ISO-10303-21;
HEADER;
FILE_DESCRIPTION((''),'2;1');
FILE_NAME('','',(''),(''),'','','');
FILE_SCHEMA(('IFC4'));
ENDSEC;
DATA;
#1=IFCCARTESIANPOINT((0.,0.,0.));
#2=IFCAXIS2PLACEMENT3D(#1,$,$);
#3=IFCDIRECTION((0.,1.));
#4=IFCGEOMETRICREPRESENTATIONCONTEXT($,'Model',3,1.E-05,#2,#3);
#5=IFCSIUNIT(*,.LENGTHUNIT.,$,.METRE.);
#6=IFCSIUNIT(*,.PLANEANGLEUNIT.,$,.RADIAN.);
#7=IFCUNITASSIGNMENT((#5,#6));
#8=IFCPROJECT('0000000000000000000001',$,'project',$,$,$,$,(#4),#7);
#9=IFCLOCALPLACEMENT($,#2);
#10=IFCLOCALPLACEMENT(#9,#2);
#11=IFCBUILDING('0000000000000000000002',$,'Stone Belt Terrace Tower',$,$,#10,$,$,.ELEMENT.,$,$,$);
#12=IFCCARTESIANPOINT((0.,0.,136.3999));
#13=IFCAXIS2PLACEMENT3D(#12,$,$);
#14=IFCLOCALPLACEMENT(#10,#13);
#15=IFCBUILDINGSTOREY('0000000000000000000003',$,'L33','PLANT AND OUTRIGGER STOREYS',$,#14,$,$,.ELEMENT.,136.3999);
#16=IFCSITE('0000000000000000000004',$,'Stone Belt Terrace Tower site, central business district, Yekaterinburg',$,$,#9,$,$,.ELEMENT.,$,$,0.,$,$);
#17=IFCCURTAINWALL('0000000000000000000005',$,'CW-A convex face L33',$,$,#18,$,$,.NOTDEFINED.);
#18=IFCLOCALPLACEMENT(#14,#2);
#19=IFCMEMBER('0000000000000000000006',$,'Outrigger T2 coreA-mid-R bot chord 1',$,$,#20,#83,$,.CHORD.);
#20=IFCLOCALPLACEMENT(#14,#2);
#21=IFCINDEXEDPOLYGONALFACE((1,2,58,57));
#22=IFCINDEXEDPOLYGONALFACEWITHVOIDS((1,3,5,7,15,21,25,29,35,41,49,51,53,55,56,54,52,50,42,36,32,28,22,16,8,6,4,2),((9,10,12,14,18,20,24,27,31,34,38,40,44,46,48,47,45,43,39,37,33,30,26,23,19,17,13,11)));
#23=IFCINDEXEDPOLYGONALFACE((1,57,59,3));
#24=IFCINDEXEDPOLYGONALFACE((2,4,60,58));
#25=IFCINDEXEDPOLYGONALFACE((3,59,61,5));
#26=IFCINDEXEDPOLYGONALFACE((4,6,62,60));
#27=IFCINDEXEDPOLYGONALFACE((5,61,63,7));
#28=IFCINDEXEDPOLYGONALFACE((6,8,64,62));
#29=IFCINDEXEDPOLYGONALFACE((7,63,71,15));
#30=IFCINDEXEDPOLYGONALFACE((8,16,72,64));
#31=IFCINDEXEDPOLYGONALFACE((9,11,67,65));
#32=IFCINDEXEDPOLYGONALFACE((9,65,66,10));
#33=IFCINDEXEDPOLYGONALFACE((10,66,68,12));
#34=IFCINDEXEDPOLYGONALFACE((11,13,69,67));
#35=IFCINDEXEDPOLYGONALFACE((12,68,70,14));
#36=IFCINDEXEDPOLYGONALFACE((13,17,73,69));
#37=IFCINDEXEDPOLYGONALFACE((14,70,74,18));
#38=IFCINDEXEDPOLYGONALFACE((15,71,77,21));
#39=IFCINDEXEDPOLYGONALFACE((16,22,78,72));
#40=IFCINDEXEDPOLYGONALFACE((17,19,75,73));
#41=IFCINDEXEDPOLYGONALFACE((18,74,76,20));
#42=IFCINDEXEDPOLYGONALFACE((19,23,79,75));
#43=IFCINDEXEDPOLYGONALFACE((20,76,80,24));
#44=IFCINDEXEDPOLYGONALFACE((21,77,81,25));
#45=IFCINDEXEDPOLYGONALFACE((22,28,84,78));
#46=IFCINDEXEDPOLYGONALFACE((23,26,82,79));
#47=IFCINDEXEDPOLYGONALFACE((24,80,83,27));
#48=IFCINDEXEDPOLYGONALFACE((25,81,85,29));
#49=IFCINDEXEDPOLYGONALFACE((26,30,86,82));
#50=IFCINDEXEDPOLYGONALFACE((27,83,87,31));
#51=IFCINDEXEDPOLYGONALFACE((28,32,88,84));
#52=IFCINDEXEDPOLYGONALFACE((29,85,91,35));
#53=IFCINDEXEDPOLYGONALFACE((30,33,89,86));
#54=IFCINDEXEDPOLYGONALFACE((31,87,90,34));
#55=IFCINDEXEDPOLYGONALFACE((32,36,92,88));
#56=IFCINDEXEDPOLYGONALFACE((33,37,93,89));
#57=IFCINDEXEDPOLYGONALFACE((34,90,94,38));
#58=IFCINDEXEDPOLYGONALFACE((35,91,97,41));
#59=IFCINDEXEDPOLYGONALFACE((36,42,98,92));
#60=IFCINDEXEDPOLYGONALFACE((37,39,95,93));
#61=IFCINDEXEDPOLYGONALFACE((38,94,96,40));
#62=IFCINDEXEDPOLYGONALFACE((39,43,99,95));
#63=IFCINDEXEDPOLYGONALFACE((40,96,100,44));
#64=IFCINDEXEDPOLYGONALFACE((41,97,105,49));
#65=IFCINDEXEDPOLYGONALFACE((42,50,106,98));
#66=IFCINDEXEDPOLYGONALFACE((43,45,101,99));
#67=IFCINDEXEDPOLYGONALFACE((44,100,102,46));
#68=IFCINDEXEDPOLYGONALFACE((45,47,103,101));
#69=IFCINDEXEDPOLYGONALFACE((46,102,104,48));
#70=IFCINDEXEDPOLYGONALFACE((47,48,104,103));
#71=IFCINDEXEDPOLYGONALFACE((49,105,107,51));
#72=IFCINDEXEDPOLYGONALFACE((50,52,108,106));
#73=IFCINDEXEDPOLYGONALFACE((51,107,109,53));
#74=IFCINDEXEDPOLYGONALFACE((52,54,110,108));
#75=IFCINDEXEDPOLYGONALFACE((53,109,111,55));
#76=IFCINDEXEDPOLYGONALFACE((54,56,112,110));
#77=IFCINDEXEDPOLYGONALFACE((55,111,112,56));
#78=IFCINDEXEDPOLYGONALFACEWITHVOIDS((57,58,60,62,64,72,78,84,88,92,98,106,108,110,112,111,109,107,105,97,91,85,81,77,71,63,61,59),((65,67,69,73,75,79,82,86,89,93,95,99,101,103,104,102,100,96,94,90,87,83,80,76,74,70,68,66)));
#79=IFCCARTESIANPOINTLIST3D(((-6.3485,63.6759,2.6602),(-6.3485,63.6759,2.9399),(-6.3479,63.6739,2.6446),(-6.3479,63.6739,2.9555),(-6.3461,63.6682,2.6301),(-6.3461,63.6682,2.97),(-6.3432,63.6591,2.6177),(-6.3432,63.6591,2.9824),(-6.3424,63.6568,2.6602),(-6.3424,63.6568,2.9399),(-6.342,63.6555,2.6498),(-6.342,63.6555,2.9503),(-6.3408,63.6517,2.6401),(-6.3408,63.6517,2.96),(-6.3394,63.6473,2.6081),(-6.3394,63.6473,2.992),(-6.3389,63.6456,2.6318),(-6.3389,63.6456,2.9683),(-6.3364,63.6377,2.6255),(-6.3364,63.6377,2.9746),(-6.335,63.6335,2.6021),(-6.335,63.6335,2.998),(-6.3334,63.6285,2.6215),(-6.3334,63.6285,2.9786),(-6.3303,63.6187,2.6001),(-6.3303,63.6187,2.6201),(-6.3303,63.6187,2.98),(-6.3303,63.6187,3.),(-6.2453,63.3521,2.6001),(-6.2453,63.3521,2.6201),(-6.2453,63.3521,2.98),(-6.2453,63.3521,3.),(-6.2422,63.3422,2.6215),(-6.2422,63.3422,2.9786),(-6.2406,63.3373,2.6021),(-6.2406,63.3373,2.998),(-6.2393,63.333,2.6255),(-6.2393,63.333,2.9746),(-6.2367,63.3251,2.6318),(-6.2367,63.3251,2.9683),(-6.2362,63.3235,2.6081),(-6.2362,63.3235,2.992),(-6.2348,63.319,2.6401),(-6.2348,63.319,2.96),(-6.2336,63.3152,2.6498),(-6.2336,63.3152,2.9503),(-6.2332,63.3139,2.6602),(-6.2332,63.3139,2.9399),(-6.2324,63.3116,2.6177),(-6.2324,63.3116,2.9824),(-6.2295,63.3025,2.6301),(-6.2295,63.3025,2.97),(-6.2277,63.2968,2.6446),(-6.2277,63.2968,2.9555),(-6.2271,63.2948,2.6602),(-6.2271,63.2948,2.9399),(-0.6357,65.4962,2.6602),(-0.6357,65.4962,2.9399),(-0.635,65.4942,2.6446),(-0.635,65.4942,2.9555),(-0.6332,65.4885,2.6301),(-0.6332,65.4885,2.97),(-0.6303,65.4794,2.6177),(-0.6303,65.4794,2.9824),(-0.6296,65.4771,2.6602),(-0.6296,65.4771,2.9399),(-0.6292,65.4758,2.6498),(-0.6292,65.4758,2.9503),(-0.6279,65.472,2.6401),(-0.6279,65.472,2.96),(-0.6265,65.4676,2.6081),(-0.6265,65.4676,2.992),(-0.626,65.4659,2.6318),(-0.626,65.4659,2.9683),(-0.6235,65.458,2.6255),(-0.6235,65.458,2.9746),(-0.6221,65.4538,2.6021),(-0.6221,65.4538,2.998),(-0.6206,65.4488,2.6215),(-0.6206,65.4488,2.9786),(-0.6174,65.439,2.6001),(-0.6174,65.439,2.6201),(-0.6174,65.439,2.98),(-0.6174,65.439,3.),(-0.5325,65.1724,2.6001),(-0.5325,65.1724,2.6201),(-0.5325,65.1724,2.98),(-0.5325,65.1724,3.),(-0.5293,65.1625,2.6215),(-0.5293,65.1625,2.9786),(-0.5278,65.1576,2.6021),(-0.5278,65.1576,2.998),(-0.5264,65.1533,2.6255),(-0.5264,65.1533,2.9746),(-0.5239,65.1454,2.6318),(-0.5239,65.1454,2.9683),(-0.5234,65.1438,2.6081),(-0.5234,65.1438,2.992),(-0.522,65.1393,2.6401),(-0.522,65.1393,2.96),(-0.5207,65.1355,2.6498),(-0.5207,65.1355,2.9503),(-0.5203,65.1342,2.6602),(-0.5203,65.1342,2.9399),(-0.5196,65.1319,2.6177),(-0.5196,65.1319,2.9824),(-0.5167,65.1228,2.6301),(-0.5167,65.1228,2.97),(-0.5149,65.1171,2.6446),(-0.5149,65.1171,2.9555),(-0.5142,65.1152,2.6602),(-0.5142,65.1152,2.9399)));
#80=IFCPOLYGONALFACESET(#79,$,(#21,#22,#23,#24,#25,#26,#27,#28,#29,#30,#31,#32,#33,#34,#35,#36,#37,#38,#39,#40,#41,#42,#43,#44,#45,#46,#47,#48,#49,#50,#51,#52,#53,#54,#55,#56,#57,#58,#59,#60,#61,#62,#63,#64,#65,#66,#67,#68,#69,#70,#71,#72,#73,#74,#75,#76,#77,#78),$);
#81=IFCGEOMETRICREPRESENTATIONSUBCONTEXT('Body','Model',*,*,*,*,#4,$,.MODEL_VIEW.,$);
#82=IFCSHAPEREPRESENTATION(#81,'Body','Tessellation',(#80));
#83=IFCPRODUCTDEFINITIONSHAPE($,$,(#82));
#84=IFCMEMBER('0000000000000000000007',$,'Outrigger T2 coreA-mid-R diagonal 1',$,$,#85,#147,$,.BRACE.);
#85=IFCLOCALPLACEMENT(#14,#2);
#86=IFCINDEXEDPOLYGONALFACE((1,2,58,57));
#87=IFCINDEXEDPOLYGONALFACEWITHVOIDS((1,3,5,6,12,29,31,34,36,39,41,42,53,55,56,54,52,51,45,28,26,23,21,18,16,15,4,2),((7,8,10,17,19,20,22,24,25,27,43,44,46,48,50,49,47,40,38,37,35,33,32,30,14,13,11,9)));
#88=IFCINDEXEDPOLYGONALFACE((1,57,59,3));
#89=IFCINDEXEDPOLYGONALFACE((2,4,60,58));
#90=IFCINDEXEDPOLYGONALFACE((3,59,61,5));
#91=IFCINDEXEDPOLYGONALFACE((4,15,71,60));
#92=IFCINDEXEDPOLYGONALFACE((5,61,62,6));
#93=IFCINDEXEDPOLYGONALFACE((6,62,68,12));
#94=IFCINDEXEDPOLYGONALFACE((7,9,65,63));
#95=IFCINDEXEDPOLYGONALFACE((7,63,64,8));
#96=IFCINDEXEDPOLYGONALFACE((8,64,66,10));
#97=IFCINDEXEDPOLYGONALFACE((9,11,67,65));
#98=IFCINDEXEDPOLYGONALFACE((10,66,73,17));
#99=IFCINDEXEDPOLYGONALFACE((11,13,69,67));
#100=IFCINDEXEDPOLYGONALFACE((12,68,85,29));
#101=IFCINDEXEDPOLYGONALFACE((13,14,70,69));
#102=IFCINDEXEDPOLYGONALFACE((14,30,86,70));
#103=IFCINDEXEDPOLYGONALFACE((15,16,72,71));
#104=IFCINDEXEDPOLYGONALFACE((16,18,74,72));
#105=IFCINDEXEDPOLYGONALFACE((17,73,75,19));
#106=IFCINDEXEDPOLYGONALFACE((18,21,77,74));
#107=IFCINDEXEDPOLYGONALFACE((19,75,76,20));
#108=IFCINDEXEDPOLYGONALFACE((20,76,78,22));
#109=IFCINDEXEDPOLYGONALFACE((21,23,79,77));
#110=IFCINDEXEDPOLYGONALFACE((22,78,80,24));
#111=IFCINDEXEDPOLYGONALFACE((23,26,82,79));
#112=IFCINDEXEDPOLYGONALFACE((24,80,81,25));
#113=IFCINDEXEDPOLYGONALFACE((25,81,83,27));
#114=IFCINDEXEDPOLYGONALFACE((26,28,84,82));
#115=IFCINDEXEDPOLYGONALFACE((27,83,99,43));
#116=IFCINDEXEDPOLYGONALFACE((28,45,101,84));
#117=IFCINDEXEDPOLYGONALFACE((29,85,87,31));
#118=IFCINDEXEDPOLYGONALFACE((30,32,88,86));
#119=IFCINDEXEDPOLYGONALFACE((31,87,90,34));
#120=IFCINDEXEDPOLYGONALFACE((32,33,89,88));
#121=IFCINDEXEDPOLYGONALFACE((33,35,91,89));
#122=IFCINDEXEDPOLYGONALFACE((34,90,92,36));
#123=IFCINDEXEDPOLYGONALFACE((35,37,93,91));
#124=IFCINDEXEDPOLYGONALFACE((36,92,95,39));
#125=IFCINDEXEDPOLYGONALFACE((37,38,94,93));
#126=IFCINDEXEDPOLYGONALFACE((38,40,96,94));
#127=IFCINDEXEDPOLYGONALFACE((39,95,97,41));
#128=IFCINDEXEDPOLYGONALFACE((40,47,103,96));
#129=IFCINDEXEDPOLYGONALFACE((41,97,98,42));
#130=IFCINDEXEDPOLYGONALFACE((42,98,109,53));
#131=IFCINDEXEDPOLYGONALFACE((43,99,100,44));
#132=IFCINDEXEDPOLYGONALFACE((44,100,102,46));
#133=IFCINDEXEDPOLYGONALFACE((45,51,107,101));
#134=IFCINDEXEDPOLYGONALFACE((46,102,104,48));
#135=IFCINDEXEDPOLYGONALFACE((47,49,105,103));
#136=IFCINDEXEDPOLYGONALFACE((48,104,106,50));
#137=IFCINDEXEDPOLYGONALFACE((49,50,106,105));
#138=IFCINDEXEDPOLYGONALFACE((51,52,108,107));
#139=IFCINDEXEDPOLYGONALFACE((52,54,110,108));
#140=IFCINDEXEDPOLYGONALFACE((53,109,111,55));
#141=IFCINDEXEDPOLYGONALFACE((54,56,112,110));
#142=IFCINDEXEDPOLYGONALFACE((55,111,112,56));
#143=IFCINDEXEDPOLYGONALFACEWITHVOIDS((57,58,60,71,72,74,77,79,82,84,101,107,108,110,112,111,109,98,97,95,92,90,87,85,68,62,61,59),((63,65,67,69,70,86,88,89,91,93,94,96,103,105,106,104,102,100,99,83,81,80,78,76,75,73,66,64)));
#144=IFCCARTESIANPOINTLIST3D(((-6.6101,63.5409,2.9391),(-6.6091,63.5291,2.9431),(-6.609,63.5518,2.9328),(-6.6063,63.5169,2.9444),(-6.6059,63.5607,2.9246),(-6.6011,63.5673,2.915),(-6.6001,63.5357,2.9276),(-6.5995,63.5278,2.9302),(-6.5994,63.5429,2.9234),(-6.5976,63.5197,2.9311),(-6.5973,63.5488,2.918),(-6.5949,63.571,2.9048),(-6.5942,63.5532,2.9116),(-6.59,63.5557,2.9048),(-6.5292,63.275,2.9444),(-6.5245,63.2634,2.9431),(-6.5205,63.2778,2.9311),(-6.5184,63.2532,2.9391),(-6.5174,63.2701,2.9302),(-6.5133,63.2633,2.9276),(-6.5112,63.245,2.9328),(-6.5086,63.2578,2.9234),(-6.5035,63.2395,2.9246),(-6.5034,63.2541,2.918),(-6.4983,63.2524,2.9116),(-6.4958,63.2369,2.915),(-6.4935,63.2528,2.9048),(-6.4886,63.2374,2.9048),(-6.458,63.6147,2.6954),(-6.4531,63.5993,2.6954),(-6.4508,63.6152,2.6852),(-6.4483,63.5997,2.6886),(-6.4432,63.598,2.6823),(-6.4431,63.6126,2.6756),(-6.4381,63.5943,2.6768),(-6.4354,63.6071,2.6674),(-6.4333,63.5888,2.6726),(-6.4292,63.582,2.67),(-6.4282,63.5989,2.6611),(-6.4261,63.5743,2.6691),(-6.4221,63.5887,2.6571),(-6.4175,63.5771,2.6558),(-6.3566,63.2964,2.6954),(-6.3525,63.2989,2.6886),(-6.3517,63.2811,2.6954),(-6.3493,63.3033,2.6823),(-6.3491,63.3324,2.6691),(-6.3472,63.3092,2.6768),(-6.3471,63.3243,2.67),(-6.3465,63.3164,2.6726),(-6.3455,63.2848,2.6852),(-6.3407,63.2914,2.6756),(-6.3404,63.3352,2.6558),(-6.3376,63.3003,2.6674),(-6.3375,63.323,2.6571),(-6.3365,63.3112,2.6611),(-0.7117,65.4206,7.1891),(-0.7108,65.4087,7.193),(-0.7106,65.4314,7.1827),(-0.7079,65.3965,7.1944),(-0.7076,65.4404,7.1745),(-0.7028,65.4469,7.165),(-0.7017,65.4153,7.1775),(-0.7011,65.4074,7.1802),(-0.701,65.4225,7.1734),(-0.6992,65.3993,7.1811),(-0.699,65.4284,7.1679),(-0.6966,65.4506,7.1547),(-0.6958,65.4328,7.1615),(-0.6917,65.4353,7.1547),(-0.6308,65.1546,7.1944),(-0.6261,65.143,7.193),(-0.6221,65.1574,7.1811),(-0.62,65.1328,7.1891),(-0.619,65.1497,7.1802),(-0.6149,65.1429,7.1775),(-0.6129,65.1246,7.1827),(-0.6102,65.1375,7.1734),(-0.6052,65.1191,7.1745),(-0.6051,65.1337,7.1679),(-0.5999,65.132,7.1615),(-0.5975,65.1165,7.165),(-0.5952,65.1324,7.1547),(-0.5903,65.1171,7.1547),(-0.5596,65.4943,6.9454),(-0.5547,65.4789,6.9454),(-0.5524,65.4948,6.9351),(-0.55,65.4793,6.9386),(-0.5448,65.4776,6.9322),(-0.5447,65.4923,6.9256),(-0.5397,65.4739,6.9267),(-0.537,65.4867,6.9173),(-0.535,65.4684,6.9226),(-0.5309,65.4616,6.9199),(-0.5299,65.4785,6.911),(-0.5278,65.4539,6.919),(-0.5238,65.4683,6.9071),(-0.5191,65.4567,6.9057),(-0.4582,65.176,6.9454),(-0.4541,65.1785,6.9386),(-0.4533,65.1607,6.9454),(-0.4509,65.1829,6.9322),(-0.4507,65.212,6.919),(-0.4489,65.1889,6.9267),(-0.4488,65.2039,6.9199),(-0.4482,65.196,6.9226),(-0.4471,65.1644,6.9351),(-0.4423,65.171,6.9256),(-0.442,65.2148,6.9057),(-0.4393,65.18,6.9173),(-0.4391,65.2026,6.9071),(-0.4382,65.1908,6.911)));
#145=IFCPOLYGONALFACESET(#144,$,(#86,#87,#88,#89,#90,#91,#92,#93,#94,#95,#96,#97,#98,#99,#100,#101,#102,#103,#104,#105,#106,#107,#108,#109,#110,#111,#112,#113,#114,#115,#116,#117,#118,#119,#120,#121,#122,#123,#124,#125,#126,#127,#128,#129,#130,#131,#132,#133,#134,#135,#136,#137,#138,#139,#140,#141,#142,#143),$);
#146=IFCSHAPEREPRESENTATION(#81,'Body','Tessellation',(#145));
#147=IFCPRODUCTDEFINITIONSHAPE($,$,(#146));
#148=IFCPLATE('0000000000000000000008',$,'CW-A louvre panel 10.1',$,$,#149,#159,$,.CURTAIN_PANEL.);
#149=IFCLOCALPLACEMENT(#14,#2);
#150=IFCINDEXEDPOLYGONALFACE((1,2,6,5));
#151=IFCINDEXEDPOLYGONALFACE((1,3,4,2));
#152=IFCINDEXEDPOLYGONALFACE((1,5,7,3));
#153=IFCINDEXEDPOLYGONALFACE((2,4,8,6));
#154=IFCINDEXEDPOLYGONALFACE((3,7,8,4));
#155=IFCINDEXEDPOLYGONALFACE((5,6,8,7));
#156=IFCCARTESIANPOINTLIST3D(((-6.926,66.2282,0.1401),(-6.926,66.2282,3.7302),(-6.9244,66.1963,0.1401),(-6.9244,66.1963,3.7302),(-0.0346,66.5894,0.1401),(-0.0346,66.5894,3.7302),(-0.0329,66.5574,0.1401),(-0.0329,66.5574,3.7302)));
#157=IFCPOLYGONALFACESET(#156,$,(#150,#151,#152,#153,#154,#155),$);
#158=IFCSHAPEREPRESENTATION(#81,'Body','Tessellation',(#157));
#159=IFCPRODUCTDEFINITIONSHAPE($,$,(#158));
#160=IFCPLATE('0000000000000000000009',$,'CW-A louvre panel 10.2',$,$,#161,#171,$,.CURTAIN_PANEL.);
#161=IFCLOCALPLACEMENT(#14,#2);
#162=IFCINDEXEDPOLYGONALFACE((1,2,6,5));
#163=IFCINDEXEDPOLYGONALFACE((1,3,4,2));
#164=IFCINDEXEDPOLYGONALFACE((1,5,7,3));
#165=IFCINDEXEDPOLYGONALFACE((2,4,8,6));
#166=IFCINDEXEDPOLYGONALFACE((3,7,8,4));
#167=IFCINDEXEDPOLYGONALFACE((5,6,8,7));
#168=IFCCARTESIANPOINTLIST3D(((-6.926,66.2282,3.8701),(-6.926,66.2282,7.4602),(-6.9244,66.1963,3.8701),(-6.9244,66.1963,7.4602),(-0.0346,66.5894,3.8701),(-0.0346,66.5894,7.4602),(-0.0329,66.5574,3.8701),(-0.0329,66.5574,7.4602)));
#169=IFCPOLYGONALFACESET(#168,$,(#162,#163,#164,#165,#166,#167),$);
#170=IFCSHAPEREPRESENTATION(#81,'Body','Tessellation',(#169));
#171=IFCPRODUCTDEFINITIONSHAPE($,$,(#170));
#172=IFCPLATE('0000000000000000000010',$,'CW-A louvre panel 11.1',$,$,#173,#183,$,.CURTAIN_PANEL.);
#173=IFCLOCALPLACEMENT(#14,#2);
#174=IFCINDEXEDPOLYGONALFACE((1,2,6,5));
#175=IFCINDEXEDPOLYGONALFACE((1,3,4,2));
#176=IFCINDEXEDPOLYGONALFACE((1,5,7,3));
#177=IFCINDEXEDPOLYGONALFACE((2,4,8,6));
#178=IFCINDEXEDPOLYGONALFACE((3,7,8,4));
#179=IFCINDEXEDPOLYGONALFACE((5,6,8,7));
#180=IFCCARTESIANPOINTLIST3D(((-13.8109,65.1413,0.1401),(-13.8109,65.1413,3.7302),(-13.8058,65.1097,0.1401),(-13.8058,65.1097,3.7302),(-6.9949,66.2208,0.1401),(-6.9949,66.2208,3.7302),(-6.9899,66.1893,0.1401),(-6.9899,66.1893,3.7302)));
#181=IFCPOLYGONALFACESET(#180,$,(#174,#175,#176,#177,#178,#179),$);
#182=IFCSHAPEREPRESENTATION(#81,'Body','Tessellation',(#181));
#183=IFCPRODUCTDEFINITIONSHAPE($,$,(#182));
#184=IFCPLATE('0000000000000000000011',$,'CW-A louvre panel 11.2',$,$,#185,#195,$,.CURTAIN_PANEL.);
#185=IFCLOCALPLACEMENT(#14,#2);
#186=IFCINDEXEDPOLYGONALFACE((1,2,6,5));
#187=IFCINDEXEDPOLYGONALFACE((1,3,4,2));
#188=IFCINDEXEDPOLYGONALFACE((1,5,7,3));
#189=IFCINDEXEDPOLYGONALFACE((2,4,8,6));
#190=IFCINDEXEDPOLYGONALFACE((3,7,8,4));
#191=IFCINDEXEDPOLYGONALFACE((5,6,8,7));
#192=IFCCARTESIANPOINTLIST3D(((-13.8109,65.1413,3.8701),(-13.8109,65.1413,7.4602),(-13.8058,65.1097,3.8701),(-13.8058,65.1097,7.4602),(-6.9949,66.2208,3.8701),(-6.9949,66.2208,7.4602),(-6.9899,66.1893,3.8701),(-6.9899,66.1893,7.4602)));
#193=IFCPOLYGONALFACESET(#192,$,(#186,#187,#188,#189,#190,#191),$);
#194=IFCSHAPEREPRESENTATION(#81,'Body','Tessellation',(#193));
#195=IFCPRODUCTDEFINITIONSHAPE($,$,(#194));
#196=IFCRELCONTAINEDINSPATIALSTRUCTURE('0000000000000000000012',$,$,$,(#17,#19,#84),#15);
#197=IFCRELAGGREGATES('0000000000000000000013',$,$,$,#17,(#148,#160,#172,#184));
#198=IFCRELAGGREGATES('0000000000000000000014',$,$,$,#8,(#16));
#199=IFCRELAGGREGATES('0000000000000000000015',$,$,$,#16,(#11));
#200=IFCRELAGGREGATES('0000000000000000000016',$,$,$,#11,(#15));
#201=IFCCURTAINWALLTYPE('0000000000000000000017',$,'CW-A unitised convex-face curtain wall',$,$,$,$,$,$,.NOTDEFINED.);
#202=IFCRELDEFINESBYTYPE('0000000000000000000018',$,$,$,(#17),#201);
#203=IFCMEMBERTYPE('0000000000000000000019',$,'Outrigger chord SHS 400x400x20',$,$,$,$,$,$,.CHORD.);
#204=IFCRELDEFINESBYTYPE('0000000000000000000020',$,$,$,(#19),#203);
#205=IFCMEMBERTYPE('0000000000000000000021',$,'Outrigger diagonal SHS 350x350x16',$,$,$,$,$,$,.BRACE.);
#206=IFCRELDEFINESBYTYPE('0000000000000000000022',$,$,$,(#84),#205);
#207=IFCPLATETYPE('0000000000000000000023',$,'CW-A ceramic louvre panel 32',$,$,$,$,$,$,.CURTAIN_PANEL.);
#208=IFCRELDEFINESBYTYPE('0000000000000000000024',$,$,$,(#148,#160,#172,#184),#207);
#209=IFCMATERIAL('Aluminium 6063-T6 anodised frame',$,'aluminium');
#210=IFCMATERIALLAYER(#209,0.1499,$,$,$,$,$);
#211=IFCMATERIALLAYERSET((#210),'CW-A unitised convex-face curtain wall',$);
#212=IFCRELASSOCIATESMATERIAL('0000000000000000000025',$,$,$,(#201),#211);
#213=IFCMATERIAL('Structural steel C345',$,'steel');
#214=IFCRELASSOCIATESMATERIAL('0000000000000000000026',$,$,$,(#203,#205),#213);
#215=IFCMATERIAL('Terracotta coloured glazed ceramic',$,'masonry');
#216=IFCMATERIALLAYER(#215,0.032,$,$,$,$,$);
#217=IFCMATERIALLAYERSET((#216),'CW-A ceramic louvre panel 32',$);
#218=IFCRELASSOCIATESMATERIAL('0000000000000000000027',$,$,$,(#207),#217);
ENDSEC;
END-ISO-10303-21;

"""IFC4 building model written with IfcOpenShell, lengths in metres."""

from ifc_helpers import new_model, si_unit, direction, frame, origin, origin_2d, place, context, subcontext, project, spatial, rectangle, hollow_rectangle, extrude, material, layer, layer_set, material_profile, profile_set, type_object, element, aggregate, save


model = new_model("IFC4")

# Units and contexts
model_context = context("Model", 3, precision=1e-05, world=origin(), true_north=direction((0.0, 1.0)))
body_context = subcontext(model_context, "Body", "Model", "MODEL_VIEW")
ifc_project = project(units=[si_unit("LENGTHUNIT", "METRE"), si_unit("PLANEANGLEUNIT", "RADIAN")], contexts=[model_context])

# Site, building, storey
site_placement = place(None, origin())
site = spatial("IfcSite", under=ifc_project, at=site_placement, Name="Stone Belt Terrace Tower site, central business district, Yekaterinburg", CompositionType="ELEMENT", RefElevation=0.0)
building_placement = place(site_placement, origin())
building = spatial("IfcBuilding", under=site, at=building_placement, Name="Stone Belt Terrace Tower", CompositionType="ELEMENT")
storey_placement = place(building_placement, frame((0.0, 0.0, 136.3999)))
storey = spatial("IfcBuildingStorey", under=building, at=storey_placement, Name="L33", Description="PLANT AND OUTRIGGER STOREYS", CompositionType="ELEMENT", Elevation=136.3999)

# Shared definitions
ifc_material_1 = material(Name="Structural steel C345", Category="steel")

# Curtain wall
ifc_material_2 = material(Name="Aluminium 6063-T6 anodised frame", Category="aluminium")
ifc_layer_1 = layer(ifc_material_2, 0.1499)
ifc_layer_set_1 = layer_set([ifc_layer_1], Name="CW-A unitised convex-face curtain wall")
curtain_wall_type = type_object("IfcCurtainWallType", Name="CW-A unitised convex-face curtain wall", PredefinedType="NOTDEFINED", material=ifc_layer_set_1)
curtain_wall_placement = place(storey_placement, origin())
curtain_wall = element("IfcCurtainWall", 1, at=curtain_wall_placement, inside=storey, type_object=curtain_wall_type, Name="CW-A convex face L33", PredefinedType="NOTDEFINED")

# Members
ifc_material_profile_1 = material_profile(ifc_material_1, hollow_rectangle(XDim=0.3999, YDim=0.3999, WallThickness=0.02, InnerFilletRadius=0.04, OuterFilletRadius=0.0601, at=origin_2d()), Name="SHS 400x400x20")
ifc_profile_set_1 = profile_set([ifc_material_profile_1], Name="Structural steel C345")
member_type_1 = type_object("IfcMemberType", Name="Outrigger chord SHS 400x400x20", PredefinedType="CHORD", material=ifc_profile_set_1)
for number, where, z_axis, x_axis, name in (
    (2, (-0.575, 65.3057, 2.8), (-0.952802, -0.303594, 0.0), (0.303594, -0.952802, 0.0), "Outrigger T2 coreA-mid-R bot chord 1"),
):
    element("IfcMember", number, at=place(storey_placement, frame(where, z_axis=z_axis, x_axis=x_axis)), inside=storey, type_object=member_type_1, Name=name, PredefinedType="CHORD", context=body_context, shape_type="SweptSolid", body=[
        extrude(hollow_rectangle(XDim=0.3999, YDim=0.3999, WallThickness=0.02, InnerFilletRadius=0.04, OuterFilletRadius=0.0601, at=origin_2d()), origin(), (0.0, 0.0, 1.0), 5.9958),
    ])
ifc_material_profile_2 = material_profile(ifc_material_1, hollow_rectangle(XDim=0.3501, YDim=0.3501, WallThickness=0.0161, InnerFilletRadius=0.032, OuterFilletRadius=0.0481, at=origin_2d()), Name="SHS 350x350x16")
ifc_profile_set_2 = profile_set([ifc_material_profile_2], Name="Structural steel C345")
member_type_2 = type_object("IfcMemberType", Name="Outrigger diagonal SHS 350x350x16", PredefinedType="BRACE", material=ifc_profile_set_2)
member_1_placement = place(storey_placement, frame((-0.575, 65.3057, 7.05), z_axis=(-0.785502, -0.250314, -0.565977), x_axis=(0.303624, -0.952792, 0.0)))
element("IfcMember", 3, at=member_1_placement, inside=storey, type_object=member_type_2, Name="Outrigger T2 coreA-mid-R diagonal 1", PredefinedType="BRACE", context=body_context, shape_type="SweptSolid", body=[
    extrude(hollow_rectangle(XDim=0.3501, YDim=0.3501, WallThickness=0.0161, InnerFilletRadius=0.032, OuterFilletRadius=0.0481, at=origin_2d()), origin(), (0.0, 0.0, 1.0), 7.509),
])

# Plates
ifc_material_3 = material(Name="Terracotta coloured glazed ceramic", Category="masonry")
ifc_layer_2 = layer(ifc_material_3, 0.032)
ifc_layer_set_2 = layer_set([ifc_layer_2], Name="CW-A ceramic louvre panel 32")
plate_type = type_object("IfcPlateType", Name="CW-A ceramic louvre panel 32", PredefinedType="CURTAIN_PANEL", material=ifc_layer_set_2)
plate_1_placement = place(storey_placement, frame((-3.4795, 66.3928, 0.1401), z_axis=(0.0, 0.0, 1.0), x_axis=(-0.99863, -0.052336, 0.0)))
plate_1 = element("IfcPlate", 4, at=plate_1_placement, type_object=plate_type, Name="CW-A louvre panel 10.1", PredefinedType="CURTAIN_PANEL", context=body_context, shape_type="SweptSolid", body=[
    extrude(rectangle(XDim=6.9009, YDim=0.032, at=origin_2d()), origin(), (0.0, 0.0, 1.0), 3.5901),
])
plate_2_placement = place(storey_placement, frame((-3.4795, 66.3928, 3.8701), z_axis=(0.0, 0.0, 1.0), x_axis=(-0.99863, -0.052336, 0.0)))
plate_2 = element("IfcPlate", 5, at=plate_2_placement, type_object=plate_type, Name="CW-A louvre panel 10.2", PredefinedType="CURTAIN_PANEL", context=body_context, shape_type="SweptSolid", body=[
    extrude(rectangle(XDim=6.9009, YDim=0.032, at=origin_2d()), origin(), (0.0, 0.0, 1.0), 3.5901),
])
plate_3_placement = place(storey_placement, frame((-10.4004, 65.6653, 0.1401), z_axis=(0.0, 0.0, 1.0), x_axis=(-0.987688, -0.156434, 0.0)))
plate_3 = element("IfcPlate", 6, at=plate_3_placement, type_object=plate_type, Name="CW-A louvre panel 11.1", PredefinedType="CURTAIN_PANEL", context=body_context, shape_type="SweptSolid", body=[
    extrude(rectangle(XDim=6.9009, YDim=0.032, at=origin_2d()), origin(), (0.0, 0.0, 1.0), 3.5901),
])
plate_4_placement = place(storey_placement, frame((-10.4004, 65.6653, 3.8701), z_axis=(0.0, 0.0, 1.0), x_axis=(-0.987688, -0.156434, 0.0)))
plate_4 = element("IfcPlate", 7, at=plate_4_placement, type_object=plate_type, Name="CW-A louvre panel 11.2", PredefinedType="CURTAIN_PANEL", context=body_context, shape_type="SweptSolid", body=[
    extrude(rectangle(XDim=6.9009, YDim=0.032, at=origin_2d()), origin(), (0.0, 0.0, 1.0), 3.5901),
])
aggregate(curtain_wall, [plate_1, plate_2, plate_3, plate_4])

save(model, "model.ifc")
